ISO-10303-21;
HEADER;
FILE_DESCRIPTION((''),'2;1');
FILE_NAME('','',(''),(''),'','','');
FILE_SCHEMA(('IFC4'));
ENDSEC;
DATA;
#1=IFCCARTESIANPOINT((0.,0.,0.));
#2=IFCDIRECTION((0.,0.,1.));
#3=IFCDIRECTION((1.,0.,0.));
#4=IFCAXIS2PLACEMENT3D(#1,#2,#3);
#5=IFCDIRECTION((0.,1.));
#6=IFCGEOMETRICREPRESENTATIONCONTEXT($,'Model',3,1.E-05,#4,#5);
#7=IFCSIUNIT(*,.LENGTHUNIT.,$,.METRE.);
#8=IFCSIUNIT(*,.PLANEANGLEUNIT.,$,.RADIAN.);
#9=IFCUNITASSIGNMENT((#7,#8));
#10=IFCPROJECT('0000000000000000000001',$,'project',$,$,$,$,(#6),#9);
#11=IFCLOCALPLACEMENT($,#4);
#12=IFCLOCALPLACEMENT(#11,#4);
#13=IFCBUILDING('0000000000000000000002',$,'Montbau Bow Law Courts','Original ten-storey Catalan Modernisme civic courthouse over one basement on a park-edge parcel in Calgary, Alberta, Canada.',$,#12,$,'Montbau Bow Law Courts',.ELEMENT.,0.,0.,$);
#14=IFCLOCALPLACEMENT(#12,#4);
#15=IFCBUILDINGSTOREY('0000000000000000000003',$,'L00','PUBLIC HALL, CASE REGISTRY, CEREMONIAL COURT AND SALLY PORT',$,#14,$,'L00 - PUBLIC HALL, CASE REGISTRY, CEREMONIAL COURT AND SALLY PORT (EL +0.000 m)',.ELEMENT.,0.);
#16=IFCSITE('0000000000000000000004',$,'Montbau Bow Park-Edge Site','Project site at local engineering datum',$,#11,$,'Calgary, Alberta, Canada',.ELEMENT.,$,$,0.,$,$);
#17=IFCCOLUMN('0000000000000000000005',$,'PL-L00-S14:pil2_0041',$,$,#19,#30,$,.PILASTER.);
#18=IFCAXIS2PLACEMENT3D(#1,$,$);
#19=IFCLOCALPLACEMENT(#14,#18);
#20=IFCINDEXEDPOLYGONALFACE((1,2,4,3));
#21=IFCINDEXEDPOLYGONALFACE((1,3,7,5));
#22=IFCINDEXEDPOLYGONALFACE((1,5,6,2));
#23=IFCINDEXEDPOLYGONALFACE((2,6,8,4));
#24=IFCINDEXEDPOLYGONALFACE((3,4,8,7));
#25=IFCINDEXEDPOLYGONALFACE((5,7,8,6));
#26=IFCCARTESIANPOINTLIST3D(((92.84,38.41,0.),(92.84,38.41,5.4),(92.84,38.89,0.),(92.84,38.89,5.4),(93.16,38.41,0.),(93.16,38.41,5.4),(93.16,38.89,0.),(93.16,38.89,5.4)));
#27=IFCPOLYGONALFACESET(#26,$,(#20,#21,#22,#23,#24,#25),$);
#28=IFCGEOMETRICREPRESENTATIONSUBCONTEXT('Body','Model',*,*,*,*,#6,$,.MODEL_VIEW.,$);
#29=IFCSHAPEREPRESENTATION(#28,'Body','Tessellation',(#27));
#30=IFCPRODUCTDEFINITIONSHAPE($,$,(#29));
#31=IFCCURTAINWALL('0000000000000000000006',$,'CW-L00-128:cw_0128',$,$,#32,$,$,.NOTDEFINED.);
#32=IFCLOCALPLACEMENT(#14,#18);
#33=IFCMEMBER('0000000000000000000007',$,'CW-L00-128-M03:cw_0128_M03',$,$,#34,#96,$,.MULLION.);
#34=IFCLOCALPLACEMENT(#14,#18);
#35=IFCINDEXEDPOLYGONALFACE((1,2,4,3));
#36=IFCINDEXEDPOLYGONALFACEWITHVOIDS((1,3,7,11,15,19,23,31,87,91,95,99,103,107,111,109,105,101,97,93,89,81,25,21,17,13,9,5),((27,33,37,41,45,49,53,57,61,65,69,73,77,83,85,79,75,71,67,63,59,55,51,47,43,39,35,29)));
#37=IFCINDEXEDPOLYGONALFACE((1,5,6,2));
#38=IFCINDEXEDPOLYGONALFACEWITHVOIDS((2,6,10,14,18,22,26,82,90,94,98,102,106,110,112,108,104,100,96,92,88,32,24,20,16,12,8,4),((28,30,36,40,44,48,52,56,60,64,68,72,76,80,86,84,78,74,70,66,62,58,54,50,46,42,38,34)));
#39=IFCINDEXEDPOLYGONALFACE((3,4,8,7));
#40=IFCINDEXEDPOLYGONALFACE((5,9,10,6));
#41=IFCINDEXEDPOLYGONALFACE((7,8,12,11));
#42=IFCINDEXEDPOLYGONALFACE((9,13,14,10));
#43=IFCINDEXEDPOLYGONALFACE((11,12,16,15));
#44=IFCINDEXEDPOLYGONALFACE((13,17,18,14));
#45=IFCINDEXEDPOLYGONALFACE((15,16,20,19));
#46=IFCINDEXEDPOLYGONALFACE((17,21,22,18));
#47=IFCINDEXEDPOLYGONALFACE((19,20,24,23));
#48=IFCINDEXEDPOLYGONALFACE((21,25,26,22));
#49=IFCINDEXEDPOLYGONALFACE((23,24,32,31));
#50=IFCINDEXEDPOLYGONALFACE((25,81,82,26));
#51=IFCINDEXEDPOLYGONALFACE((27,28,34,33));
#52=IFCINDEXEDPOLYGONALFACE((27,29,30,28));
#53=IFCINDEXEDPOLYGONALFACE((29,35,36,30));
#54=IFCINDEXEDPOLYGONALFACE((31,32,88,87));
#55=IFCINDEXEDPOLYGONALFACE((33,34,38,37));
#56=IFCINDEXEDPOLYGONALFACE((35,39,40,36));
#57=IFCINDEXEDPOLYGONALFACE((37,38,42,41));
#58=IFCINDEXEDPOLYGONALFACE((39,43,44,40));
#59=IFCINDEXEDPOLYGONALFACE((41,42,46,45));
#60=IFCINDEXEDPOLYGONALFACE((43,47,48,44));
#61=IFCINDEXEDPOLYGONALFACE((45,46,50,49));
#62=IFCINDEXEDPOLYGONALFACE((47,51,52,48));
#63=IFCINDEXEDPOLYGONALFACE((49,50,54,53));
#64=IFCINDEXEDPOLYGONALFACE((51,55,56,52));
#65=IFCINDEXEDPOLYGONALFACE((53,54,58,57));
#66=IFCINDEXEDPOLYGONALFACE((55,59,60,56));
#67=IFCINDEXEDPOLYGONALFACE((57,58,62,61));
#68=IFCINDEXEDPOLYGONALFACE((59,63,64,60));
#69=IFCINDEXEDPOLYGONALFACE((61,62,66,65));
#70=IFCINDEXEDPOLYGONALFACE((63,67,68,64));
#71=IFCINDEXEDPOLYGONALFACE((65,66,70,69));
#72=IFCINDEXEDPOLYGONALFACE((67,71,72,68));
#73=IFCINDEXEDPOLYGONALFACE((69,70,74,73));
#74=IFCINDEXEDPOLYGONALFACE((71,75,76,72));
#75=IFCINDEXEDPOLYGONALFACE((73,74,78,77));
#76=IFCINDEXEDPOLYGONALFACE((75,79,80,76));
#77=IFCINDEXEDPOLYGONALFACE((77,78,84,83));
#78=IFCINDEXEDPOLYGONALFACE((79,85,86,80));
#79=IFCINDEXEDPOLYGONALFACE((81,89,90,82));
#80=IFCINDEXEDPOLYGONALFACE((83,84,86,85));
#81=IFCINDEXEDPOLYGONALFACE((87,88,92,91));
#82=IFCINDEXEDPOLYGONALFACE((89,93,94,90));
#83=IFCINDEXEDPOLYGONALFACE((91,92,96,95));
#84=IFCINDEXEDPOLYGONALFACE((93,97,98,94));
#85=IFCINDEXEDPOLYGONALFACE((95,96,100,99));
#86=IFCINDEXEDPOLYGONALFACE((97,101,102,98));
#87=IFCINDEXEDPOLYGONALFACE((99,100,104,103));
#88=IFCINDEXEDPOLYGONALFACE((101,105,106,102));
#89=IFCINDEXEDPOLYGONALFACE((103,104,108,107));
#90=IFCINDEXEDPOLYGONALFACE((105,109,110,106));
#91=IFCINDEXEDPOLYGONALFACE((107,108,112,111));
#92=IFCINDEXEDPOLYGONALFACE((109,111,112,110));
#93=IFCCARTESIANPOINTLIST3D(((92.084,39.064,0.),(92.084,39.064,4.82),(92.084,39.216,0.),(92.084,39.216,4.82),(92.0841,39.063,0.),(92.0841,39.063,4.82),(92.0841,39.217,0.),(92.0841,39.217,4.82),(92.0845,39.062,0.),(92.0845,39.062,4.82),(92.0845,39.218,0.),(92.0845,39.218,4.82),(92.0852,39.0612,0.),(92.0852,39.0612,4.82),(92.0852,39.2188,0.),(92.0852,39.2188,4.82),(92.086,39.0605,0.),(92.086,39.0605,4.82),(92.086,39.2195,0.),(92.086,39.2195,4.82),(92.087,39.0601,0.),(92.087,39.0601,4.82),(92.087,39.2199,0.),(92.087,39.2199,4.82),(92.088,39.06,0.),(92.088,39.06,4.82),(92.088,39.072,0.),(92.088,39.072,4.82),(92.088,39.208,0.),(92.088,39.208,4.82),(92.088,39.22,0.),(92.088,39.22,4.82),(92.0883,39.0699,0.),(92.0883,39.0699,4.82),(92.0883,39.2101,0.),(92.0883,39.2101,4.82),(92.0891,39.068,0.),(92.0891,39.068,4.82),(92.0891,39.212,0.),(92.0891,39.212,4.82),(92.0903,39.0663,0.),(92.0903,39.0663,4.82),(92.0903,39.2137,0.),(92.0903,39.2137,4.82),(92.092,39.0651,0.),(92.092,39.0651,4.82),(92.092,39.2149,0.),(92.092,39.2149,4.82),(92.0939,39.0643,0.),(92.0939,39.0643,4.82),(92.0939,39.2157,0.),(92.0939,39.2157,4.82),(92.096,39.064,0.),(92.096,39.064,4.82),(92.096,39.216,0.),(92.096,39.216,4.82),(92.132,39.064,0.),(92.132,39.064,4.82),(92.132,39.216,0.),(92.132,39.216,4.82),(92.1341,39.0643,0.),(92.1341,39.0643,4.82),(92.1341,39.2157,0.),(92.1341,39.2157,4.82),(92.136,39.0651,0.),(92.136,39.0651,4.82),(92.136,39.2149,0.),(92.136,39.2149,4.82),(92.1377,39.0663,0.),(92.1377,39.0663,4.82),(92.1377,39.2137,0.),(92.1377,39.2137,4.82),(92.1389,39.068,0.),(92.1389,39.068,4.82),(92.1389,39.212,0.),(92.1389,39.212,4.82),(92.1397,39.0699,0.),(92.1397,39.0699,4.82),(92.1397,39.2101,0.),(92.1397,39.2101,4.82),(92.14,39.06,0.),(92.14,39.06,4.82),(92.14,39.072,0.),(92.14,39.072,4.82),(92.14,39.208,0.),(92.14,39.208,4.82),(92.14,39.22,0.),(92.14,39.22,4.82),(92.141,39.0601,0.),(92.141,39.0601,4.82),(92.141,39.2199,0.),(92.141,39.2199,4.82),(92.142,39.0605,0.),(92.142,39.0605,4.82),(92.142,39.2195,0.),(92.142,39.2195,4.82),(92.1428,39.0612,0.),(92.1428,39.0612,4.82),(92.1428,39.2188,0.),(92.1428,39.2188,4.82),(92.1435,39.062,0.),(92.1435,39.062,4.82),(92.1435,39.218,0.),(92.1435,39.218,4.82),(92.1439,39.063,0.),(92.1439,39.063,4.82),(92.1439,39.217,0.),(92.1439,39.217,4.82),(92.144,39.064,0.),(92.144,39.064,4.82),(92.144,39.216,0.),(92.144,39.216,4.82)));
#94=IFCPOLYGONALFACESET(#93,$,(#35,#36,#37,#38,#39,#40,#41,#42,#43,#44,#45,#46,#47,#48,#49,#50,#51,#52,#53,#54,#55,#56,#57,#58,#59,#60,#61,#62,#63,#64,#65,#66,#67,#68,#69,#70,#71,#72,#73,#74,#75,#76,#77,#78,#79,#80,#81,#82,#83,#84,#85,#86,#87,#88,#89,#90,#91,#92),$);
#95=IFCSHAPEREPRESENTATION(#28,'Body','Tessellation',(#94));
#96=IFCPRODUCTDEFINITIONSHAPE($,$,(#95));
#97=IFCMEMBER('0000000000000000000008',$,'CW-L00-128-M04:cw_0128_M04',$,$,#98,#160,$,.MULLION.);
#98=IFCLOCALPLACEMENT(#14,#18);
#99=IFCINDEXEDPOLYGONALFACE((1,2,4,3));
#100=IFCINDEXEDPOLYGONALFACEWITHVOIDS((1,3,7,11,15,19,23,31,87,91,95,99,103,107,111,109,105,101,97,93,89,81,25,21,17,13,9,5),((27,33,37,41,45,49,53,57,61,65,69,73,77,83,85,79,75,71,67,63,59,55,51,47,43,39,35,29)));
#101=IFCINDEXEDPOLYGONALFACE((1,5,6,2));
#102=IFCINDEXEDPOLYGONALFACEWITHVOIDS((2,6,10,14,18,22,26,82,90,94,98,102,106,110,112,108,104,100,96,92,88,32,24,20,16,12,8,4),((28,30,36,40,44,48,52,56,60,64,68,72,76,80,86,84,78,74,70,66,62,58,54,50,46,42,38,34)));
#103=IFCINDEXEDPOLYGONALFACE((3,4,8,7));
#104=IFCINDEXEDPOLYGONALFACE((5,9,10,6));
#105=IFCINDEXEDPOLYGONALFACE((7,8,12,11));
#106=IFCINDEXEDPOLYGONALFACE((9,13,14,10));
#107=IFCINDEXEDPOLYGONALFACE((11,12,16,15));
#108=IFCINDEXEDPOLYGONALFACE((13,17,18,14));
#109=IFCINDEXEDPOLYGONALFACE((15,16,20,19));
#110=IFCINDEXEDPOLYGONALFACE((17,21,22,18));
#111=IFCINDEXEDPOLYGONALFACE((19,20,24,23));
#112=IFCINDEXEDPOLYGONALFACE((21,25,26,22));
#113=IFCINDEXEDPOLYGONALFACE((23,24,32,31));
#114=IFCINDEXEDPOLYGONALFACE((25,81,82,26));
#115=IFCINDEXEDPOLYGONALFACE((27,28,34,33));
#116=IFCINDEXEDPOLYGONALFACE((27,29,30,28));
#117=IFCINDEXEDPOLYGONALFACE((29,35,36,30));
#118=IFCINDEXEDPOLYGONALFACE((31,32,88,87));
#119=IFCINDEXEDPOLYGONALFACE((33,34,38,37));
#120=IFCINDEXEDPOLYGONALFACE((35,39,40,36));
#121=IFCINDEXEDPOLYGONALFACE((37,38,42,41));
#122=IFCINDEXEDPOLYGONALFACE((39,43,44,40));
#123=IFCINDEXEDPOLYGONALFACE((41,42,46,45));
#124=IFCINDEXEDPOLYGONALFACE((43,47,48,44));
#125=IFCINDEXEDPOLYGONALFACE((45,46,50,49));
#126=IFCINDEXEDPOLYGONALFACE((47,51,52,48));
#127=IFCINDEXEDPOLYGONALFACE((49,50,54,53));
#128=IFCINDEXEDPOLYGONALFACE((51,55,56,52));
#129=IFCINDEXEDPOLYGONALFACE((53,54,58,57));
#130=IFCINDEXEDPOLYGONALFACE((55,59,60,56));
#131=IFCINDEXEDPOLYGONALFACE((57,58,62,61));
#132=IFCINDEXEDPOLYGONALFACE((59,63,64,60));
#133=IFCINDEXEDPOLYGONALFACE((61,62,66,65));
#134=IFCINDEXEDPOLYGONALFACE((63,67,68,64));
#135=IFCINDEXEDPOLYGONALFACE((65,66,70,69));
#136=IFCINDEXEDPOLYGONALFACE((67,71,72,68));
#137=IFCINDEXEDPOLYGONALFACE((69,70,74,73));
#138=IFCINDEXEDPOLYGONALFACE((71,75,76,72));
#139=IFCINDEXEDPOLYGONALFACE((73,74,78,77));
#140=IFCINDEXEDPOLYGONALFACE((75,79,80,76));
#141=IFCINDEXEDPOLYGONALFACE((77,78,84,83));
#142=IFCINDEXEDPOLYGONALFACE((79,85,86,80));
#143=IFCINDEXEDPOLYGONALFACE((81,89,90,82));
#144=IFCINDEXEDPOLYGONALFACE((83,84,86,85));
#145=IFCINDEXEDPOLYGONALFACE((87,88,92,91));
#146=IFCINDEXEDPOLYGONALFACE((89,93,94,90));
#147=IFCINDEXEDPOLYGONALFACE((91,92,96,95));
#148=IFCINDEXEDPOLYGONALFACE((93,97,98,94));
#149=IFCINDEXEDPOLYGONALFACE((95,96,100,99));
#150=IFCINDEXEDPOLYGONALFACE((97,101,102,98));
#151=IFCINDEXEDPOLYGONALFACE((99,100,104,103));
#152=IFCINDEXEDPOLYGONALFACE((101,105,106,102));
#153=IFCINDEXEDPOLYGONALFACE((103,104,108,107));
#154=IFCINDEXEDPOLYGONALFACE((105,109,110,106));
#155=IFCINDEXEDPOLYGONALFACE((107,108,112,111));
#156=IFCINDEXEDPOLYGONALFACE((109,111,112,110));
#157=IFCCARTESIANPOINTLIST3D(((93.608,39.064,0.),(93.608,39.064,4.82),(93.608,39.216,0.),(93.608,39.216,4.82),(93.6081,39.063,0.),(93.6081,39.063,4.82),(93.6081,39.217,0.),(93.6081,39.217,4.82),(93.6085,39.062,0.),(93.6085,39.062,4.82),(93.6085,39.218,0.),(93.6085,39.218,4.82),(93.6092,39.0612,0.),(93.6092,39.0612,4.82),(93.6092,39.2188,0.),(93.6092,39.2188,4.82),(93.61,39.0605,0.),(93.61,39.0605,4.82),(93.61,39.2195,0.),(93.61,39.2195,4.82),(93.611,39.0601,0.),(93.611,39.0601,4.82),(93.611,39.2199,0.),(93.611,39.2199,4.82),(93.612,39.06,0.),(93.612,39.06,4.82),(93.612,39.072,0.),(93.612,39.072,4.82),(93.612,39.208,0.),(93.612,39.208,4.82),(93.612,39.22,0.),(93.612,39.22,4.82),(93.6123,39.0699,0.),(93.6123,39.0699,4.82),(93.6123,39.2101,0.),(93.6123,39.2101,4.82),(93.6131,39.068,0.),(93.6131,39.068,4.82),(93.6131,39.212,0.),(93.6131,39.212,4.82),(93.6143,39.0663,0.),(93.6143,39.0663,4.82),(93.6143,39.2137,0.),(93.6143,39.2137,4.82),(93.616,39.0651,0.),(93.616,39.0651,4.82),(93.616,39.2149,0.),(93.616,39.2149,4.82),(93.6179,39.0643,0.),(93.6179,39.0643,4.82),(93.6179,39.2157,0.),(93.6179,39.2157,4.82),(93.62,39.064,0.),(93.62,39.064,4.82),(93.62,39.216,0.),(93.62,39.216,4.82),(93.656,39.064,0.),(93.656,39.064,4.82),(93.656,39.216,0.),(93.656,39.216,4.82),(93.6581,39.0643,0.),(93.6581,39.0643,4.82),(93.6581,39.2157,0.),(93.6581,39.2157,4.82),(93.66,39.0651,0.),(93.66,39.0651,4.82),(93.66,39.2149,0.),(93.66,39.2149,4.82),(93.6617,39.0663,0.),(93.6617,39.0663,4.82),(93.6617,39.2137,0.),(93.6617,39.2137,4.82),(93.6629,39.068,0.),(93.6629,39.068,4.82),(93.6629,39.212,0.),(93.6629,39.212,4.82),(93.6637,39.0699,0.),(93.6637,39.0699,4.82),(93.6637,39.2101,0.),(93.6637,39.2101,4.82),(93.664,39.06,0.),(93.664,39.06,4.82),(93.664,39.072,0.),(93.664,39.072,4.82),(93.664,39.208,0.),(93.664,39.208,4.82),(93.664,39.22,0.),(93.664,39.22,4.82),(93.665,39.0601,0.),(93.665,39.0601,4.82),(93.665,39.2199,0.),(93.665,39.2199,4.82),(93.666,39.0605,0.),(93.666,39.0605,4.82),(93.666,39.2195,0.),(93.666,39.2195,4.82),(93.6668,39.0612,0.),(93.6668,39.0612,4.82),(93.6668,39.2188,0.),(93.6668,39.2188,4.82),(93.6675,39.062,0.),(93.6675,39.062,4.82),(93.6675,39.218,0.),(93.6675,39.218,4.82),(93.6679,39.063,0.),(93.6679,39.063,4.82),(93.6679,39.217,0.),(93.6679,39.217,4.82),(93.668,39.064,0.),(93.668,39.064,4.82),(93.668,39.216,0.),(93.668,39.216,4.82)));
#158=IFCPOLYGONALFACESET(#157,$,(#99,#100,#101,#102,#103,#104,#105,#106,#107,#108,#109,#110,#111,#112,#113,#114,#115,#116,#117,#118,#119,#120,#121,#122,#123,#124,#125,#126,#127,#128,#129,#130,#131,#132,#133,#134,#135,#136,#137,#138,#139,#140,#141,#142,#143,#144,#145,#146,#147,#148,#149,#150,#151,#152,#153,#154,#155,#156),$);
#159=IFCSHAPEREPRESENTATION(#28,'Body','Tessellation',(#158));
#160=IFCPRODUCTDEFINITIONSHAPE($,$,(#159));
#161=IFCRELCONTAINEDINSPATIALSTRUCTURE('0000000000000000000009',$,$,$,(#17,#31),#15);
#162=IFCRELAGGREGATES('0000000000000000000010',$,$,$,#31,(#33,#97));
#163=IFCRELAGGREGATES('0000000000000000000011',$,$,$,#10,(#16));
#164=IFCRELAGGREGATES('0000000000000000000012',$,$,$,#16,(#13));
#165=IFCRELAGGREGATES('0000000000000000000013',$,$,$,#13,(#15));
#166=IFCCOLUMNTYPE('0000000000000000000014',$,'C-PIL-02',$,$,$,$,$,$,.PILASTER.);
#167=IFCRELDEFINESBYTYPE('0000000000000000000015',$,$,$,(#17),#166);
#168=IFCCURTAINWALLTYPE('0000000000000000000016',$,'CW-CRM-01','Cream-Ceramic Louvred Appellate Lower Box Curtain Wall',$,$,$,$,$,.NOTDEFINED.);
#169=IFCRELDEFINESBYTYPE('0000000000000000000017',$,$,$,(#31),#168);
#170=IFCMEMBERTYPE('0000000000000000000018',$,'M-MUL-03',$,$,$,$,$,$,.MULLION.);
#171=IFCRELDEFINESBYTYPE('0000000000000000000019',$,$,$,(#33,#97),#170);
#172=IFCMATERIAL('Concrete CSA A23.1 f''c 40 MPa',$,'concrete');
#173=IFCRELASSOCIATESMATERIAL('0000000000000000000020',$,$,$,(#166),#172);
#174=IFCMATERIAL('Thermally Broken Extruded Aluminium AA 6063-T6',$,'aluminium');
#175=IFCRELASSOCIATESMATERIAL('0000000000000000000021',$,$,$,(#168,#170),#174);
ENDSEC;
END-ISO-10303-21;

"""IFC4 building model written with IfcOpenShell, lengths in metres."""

from ifc_helpers import new_model, si_unit, direction, frame, origin_with_axes, origin_2d_with_axis, place, context, subcontext, project, spatial, rectangle, hollow_rectangle, extrude, material, material_profile, profile_set, type_object, element, aggregate, save


model = new_model("IFC4")

# Units and contexts
model_context = context("Model", 3, precision=1e-05, world=origin_with_axes(), true_north=direction((0.0, 1.0)))
body_context = subcontext(model_context, "Body", "Model", "MODEL_VIEW")
ifc_project = project(units=[si_unit("LENGTHUNIT", "METRE"), si_unit("PLANEANGLEUNIT", "RADIAN")], contexts=[model_context])

# Site, building, storey
site_placement = place(None, origin_with_axes())
site = spatial("IfcSite", under=ifc_project, at=site_placement, Name="Montbau Bow Park-Edge Site", Description="Project site at local engineering datum", LongName="Calgary, Alberta, Canada", CompositionType="ELEMENT", RefElevation=0.0)
building_placement = place(site_placement, origin_with_axes())
building = spatial("IfcBuilding", under=site, at=building_placement, Name="Montbau Bow Law Courts", Description="Original ten-storey Catalan Modernisme civic courthouse over one basement on a park-edge parcel in Calgary, Alberta, Canada.", LongName="Montbau Bow Law Courts", CompositionType="ELEMENT", ElevationOfRefHeight=0.0, ElevationOfTerrain=0.0)
storey_placement = place(building_placement, origin_with_axes())
storey = spatial("IfcBuildingStorey", under=building, at=storey_placement, Name="L00", Description="PUBLIC HALL, CASE REGISTRY, CEREMONIAL COURT AND SALLY PORT", LongName="L00 - PUBLIC HALL, CASE REGISTRY, CEREMONIAL COURT AND SALLY PORT (EL +0.000 m)", CompositionType="ELEMENT", Elevation=0.0)

# Column
ifc_material_1 = material(Name="Concrete CSA A23.1 f'c 40 MPa", Category="concrete")
ifc_material_profile_1 = material_profile(ifc_material_1, rectangle(XDim=0.32, YDim=0.48, at=origin_2d_with_axis()), Name="RC480X320", Category="Main", Priority=0)
ifc_profile_set_1 = profile_set([ifc_material_profile_1], Name="Concrete CSA A23.1 f'c 40 MPa")
column_type = type_object("IfcColumnType", Name="C-PIL-02", PredefinedType="PILASTER", material=ifc_profile_set_1)
column_placement = place(None, frame((93.0, 38.65, 0.0), z_axis=(0.0, 0.0, 1.0), x_axis=(1.0, 0.0, 0.0)))
element("IfcColumn", 1, at=column_placement, inside=storey, type_object=column_type, Name="PL-L00-S14:pil2_0041", PredefinedType="PILASTER", context=body_context, shape_type="SweptSolid", body=[
    extrude(rectangle(XDim=0.32, YDim=0.48, at=origin_2d_with_axis()), origin_with_axes(), (0.0, 0.0, 1.0), 5.4),
])

# Curtain wall, members
ifc_material_2 = material(Name="Thermally Broken Extruded Aluminium AA 6063-T6", Category="aluminium")
curtain_wall_type = type_object("IfcCurtainWallType", Name="CW-CRM-01", Description="Cream-Ceramic Louvred Appellate Lower Box Curtain Wall", PredefinedType="NOTDEFINED", material=ifc_material_2)
curtain_wall_placement = place(None, frame((89.067, 39.14, 0.0), z_axis=(0.0, 0.0, 1.0), x_axis=(1.0, 0.0, 0.0)))
curtain_wall = element("IfcCurtainWall", 2, at=curtain_wall_placement, inside=storey, type_object=curtain_wall_type, Name="CW-L00-128:cw_0128", PredefinedType="NOTDEFINED")
ifc_material_profile_2 = material_profile(ifc_material_2, hollow_rectangle(XDim=0.06, YDim=0.16, WallThickness=0.004, InnerFilletRadius=0.008, OuterFilletRadius=0.004, at=origin_2d_with_axis()), Name="CWM-160X60", Category="Main", Priority=0)
ifc_profile_set_2 = profile_set([ifc_material_profile_2], Name="Thermally Broken Extruded Aluminium AA 6063-T6")
member_type_1 = type_object("IfcMemberType", Name="M-MUL-03", PredefinedType="MULLION", material=ifc_profile_set_2)
member_1_placement = place(None, frame((92.114, 39.14, 0.0), z_axis=(0.0, 0.0, 1.0), x_axis=(1.0, 0.0, 0.0)))
member_1 = element("IfcMember", 3, at=member_1_placement, type_object=member_type_1, Name="CW-L00-128-M03:cw_0128_M03", PredefinedType="MULLION", context=body_context, shape_type="SweptSolid", body=[
    extrude(hollow_rectangle(XDim=0.06, YDim=0.16, WallThickness=0.004, InnerFilletRadius=0.008, OuterFilletRadius=0.004, at=origin_2d_with_axis()), origin_with_axes(), (0.0, 0.0, 1.0), 4.82),
])
member_2_placement = place(None, frame((93.638, 39.14, 0.0), z_axis=(0.0, 0.0, 1.0), x_axis=(1.0, 0.0, 0.0)))
member_2 = element("IfcMember", 4, at=member_2_placement, type_object=member_type_1, Name="CW-L00-128-M04:cw_0128_M04", PredefinedType="MULLION", context=body_context, shape_type="SweptSolid", body=[
    extrude(hollow_rectangle(XDim=0.06, YDim=0.16, WallThickness=0.004, InnerFilletRadius=0.008, OuterFilletRadius=0.004, at=origin_2d_with_axis()), origin_with_axes(), (0.0, 0.0, 1.0), 4.82),
])
aggregate(curtain_wall, [member_1, member_2])

save(model, "model.ifc")
